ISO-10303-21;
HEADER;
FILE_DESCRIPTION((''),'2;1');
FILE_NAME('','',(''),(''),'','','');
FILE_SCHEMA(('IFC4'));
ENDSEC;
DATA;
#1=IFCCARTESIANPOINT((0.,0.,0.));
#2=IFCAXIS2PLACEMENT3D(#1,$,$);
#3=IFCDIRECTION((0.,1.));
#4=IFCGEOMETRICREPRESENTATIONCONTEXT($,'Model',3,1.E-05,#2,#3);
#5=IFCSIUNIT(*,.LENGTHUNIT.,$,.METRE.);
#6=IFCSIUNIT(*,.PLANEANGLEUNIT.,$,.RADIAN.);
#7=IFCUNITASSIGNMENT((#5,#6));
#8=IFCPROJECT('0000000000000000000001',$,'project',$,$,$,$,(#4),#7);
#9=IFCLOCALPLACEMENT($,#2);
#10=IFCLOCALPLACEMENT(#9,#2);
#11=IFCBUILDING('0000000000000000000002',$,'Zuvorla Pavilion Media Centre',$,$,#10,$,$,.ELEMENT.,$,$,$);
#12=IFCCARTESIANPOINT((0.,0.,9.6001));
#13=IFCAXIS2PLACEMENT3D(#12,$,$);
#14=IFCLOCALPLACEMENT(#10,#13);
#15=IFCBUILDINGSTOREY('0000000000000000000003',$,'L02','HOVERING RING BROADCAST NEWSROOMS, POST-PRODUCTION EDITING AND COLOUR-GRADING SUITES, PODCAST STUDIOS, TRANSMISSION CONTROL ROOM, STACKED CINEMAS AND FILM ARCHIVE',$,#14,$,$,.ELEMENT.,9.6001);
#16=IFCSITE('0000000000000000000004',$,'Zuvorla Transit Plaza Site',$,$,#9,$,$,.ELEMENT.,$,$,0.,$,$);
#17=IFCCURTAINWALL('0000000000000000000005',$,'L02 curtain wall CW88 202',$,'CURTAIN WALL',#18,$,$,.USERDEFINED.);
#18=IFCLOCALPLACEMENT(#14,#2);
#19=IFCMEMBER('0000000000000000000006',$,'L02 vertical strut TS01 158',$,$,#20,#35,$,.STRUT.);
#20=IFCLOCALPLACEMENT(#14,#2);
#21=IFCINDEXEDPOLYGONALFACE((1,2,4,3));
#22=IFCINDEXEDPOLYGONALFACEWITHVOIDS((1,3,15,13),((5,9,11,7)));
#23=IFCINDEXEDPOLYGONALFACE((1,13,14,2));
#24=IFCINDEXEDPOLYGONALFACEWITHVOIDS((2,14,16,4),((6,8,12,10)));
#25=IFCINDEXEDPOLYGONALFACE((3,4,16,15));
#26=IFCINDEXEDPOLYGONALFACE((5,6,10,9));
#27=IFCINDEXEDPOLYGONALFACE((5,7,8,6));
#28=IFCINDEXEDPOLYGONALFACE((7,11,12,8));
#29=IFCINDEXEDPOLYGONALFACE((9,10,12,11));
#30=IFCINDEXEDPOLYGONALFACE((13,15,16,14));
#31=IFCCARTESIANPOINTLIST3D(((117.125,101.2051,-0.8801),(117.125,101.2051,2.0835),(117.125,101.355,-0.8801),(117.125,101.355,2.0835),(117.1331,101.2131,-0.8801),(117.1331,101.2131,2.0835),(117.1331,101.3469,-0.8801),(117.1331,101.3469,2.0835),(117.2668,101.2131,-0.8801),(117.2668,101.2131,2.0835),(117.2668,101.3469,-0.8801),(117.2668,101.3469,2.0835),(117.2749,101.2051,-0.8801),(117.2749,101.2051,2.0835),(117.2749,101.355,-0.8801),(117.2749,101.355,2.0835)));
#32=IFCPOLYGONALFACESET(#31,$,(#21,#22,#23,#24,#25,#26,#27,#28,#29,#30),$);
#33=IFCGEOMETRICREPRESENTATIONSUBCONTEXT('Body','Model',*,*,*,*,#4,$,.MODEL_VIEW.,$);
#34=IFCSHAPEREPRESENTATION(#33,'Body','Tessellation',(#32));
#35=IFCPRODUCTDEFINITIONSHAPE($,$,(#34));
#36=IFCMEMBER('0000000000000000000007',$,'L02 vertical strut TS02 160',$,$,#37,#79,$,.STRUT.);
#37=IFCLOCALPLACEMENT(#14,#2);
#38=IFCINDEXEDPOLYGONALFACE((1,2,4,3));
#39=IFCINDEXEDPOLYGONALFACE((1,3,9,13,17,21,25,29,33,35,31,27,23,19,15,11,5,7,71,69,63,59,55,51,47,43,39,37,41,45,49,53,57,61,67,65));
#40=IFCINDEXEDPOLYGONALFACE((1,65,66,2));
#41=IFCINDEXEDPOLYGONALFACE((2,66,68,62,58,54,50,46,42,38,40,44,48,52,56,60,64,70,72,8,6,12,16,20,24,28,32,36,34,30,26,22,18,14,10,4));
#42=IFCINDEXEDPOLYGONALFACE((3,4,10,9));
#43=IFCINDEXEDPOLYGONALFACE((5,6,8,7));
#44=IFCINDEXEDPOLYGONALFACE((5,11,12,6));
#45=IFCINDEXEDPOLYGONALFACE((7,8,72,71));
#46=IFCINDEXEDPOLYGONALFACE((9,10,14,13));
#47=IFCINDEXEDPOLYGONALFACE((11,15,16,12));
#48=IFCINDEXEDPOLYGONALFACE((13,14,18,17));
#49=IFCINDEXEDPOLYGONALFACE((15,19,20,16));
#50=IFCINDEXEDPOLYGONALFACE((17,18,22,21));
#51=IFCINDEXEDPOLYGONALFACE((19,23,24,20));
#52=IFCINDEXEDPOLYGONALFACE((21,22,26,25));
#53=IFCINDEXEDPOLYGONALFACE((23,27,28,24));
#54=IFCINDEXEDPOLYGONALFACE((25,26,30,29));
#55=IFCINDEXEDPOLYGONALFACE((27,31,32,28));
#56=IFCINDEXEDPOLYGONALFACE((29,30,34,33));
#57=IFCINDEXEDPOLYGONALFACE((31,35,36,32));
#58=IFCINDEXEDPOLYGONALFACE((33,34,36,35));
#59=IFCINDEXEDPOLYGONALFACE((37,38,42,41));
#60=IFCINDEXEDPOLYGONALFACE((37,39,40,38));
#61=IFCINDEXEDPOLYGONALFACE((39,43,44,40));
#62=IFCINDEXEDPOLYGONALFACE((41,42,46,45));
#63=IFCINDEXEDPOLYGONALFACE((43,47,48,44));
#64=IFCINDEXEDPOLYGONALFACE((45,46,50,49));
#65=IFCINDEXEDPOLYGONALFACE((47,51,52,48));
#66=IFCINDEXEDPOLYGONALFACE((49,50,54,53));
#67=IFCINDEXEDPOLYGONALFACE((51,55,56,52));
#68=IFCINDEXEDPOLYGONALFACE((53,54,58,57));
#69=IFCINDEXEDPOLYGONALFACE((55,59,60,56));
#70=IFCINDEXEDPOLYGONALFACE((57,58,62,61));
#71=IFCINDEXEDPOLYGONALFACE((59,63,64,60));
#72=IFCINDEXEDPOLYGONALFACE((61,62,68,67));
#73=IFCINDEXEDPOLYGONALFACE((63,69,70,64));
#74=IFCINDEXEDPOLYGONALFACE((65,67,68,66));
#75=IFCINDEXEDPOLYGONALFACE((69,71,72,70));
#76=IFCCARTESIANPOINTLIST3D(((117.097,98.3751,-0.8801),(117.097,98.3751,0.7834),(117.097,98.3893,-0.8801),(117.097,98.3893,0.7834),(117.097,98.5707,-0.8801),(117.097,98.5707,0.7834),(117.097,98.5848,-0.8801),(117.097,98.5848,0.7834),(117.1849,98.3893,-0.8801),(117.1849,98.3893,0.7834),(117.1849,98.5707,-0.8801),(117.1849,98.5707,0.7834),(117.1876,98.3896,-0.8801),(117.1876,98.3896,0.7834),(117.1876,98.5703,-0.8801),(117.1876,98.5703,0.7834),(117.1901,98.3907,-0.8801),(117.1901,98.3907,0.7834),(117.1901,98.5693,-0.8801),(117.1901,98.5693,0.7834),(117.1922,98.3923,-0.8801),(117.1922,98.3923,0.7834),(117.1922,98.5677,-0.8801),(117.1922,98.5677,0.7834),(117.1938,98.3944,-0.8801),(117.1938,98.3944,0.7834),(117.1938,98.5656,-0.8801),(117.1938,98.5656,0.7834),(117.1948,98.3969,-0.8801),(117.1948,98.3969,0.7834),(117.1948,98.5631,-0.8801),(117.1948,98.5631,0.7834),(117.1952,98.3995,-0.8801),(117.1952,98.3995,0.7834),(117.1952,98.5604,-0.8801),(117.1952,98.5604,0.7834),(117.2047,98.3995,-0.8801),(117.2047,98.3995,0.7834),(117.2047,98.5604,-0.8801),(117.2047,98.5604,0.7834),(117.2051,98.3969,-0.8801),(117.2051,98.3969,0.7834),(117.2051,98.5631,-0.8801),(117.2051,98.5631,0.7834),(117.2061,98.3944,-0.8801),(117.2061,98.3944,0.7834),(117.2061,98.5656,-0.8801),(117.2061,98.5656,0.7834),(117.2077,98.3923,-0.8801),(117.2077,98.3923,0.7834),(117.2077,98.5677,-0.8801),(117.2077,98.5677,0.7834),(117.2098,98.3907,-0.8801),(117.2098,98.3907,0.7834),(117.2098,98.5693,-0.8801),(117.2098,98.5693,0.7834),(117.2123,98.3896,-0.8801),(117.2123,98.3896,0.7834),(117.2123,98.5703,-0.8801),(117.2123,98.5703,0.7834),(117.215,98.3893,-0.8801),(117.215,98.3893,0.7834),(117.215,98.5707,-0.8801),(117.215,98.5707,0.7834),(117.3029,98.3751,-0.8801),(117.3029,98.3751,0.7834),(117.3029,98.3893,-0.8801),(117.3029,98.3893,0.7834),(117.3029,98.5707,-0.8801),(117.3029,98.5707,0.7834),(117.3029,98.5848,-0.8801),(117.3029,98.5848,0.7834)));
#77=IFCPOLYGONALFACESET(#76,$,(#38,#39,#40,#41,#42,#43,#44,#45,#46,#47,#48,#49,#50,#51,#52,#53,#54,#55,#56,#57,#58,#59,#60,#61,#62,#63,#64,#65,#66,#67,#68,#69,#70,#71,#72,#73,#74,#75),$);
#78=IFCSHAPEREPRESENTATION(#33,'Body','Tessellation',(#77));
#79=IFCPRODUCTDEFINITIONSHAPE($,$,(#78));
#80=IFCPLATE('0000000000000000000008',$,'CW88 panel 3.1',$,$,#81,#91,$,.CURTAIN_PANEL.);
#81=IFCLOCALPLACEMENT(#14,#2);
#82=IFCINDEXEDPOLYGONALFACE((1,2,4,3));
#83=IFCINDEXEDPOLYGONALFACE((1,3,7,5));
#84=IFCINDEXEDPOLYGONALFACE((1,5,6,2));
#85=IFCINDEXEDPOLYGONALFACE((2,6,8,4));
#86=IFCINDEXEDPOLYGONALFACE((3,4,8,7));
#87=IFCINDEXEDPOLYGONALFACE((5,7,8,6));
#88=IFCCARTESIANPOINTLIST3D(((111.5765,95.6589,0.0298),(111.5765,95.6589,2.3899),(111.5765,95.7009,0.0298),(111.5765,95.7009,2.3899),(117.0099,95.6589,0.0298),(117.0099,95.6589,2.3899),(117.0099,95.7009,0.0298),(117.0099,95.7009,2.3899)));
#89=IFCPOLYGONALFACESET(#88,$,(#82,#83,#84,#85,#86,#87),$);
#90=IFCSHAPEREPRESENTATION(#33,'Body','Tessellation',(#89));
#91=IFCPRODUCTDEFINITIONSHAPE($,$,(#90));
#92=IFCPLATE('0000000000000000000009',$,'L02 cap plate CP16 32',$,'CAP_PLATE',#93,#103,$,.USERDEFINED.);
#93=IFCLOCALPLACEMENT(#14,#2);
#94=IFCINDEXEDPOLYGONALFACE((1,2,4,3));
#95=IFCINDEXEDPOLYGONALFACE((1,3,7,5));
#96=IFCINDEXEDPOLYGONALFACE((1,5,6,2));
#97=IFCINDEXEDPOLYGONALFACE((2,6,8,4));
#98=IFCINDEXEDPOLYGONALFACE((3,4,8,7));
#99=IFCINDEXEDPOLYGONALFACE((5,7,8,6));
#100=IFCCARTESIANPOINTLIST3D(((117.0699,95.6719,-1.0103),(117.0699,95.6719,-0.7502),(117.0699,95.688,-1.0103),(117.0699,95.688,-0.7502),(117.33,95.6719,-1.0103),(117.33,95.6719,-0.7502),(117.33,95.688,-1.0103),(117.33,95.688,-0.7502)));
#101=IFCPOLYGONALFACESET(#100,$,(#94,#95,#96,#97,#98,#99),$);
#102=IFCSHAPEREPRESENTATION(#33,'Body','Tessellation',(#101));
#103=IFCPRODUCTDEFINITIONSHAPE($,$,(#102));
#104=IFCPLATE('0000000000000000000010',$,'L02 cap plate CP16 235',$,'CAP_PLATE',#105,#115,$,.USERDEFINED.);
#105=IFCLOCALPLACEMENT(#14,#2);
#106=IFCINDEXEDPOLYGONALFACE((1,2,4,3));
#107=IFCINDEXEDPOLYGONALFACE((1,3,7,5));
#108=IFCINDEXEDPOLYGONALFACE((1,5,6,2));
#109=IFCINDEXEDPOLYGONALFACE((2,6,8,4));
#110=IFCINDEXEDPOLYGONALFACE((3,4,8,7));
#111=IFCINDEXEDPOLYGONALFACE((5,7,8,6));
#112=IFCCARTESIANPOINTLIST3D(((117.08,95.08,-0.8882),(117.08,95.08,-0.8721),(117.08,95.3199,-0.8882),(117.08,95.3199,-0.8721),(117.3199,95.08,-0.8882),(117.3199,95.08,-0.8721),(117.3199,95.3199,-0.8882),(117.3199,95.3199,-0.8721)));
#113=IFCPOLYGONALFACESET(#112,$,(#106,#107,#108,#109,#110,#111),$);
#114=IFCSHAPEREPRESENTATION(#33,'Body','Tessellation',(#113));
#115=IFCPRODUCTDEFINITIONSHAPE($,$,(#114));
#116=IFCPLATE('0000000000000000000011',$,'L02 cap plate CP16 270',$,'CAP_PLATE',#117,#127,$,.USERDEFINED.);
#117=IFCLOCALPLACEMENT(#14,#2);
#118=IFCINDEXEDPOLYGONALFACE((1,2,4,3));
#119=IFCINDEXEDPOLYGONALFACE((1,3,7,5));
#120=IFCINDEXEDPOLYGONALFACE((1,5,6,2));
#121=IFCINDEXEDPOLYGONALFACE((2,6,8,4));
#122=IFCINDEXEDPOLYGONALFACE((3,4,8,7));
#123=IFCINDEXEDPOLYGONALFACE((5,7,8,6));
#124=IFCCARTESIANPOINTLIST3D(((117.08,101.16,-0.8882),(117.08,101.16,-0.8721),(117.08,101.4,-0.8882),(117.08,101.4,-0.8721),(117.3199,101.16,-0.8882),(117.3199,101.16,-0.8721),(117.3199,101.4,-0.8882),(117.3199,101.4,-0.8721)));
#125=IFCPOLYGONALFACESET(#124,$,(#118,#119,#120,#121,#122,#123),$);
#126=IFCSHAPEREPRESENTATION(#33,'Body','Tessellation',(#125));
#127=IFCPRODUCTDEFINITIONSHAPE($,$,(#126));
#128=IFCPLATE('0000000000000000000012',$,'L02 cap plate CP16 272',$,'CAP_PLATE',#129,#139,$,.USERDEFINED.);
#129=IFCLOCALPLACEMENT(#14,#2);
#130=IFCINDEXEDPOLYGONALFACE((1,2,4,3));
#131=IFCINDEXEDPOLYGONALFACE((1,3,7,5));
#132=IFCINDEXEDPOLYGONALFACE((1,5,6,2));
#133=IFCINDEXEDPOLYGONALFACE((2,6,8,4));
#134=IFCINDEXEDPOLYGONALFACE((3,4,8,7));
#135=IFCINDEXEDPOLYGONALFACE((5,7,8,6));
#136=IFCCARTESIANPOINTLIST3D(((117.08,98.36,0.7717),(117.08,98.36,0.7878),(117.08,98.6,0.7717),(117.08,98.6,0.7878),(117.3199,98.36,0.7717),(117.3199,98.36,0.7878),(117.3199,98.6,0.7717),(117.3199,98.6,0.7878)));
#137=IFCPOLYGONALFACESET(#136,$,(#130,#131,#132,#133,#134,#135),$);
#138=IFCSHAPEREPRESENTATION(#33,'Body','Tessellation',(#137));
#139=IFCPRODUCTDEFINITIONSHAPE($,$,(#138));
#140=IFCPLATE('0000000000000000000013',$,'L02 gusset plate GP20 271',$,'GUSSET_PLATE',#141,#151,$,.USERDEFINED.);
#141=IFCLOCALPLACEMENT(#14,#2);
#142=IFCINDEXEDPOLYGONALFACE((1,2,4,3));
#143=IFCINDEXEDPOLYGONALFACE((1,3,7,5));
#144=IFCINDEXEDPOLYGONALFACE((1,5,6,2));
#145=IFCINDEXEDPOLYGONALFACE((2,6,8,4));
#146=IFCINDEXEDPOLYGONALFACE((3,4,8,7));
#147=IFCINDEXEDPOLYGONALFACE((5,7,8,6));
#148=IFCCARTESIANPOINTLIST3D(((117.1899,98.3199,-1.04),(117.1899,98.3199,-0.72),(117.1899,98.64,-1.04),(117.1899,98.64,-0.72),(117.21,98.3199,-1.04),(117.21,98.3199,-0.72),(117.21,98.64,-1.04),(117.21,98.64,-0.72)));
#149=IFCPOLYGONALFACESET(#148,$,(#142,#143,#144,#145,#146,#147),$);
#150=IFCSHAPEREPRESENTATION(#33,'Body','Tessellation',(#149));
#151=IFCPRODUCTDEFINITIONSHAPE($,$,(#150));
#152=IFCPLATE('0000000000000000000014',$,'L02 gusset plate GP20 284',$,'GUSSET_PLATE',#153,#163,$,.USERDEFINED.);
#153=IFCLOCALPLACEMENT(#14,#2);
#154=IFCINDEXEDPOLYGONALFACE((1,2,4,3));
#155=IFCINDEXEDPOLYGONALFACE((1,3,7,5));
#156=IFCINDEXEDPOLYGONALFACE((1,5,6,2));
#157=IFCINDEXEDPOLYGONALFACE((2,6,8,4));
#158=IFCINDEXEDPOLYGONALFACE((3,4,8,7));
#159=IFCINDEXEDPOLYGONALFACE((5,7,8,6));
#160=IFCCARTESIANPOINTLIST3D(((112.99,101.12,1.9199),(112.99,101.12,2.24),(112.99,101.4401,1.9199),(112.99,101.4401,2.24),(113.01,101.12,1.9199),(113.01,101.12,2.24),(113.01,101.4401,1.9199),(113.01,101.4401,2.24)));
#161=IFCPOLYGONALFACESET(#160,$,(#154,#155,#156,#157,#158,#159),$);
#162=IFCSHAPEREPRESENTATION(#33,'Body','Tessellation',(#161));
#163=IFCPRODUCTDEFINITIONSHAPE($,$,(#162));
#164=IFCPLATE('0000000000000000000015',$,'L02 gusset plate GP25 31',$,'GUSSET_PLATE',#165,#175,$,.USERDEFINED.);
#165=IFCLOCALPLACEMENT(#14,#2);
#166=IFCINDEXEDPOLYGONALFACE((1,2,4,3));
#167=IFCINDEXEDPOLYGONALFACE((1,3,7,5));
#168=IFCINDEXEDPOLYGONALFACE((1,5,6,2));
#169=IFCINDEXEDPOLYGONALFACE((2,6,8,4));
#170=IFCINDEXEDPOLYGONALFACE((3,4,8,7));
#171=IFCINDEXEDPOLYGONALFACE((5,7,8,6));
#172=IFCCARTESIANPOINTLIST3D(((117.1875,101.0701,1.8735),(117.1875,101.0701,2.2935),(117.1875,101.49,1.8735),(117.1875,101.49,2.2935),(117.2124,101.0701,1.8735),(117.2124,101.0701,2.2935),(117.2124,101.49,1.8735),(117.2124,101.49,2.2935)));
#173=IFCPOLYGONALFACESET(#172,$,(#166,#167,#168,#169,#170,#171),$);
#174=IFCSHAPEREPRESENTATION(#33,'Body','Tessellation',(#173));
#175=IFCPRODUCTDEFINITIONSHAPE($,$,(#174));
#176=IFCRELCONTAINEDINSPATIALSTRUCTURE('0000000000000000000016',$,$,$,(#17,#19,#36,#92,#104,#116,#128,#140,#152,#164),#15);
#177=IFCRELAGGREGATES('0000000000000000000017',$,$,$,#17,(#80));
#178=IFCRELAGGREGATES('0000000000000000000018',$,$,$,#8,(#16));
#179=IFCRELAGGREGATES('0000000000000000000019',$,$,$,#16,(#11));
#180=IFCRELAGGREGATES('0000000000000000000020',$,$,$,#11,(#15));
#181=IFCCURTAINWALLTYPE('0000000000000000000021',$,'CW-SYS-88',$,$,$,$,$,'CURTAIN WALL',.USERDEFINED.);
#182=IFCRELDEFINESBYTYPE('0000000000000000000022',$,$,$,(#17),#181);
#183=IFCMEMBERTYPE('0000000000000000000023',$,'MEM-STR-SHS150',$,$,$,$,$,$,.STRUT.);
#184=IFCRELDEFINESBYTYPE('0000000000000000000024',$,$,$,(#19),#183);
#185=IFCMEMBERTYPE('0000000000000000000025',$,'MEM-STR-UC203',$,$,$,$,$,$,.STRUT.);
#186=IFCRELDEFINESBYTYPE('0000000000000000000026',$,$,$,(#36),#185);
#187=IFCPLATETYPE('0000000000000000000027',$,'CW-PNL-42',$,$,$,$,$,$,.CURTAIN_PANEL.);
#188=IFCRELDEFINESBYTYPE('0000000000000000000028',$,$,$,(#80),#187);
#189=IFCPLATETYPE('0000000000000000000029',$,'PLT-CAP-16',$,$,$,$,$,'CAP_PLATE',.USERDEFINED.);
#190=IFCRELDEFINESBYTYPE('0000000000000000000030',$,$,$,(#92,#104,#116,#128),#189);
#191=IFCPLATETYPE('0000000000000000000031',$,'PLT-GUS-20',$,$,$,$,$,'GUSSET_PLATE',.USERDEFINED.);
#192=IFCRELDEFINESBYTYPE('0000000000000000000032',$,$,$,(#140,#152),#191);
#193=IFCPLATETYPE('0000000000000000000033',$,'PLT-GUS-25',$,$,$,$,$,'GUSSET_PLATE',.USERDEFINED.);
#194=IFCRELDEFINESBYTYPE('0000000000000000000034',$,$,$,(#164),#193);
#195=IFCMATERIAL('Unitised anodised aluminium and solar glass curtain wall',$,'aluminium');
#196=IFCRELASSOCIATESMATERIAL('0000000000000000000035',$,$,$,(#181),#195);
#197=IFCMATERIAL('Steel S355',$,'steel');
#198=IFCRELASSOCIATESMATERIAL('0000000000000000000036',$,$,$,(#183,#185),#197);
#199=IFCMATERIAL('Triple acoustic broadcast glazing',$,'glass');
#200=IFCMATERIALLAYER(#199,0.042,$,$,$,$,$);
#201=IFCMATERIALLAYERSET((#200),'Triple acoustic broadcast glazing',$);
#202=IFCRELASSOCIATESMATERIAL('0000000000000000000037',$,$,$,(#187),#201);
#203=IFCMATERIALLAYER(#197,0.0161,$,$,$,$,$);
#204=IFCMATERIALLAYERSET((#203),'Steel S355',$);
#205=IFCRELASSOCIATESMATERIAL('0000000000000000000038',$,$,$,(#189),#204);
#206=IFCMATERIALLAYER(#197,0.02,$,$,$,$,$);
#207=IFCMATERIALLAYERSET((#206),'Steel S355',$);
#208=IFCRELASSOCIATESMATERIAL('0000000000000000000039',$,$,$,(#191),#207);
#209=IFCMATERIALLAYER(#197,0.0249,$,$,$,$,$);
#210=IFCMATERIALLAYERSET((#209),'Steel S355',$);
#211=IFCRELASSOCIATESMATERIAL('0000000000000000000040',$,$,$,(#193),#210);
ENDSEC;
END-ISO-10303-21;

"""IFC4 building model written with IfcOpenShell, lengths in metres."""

from ifc_helpers import new_model, si_unit, direction, frame, origin, origin_2d, place, context, subcontext, project, spatial, rectangle, hollow_rectangle, i_section, extrude, material, layer, layer_set, material_profile, profile_set, type_object, element, aggregate, save


model = new_model("IFC4")

# Units and contexts
model_context = context("Model", 3, precision=1e-05, world=origin(), true_north=direction((0.0, 1.0)))
body_context = subcontext(model_context, "Body", "Model", "MODEL_VIEW")
ifc_project = project(units=[si_unit("LENGTHUNIT", "METRE"), si_unit("PLANEANGLEUNIT", "RADIAN")], contexts=[model_context])

# Site, building, storey
site_placement = place(None, origin())
site = spatial("IfcSite", under=ifc_project, at=site_placement, Name="Zuvorla Transit Plaza Site", CompositionType="ELEMENT", RefElevation=0.0)
building_placement = place(site_placement, origin())
building = spatial("IfcBuilding", under=site, at=building_placement, Name="Zuvorla Pavilion Media Centre", CompositionType="ELEMENT")
storey_placement = place(building_placement, frame((0.0, 0.0, 9.6001)))
storey = spatial("IfcBuildingStorey", under=building, at=storey_placement, Name="L02", Description="HOVERING RING BROADCAST NEWSROOMS, POST-PRODUCTION EDITING AND COLOUR-GRADING SUITES, PODCAST STUDIOS, TRANSMISSION CONTROL ROOM, STACKED CINEMAS AND FILM ARCHIVE", CompositionType="ELEMENT", Elevation=9.6001)

# Curtain wall
ifc_material_1 = material(Name="Unitised anodised aluminium and solar glass curtain wall", Category="aluminium")
curtain_wall_type = type_object("IfcCurtainWallType", Name="CW-SYS-88", ElementType="CURTAIN WALL", PredefinedType="USERDEFINED", material=ifc_material_1)
curtain_wall_1_placement = place(storey_placement, origin())
curtain_wall_1 = element("IfcCurtainWall", 1, at=curtain_wall_1_placement, inside=storey, type_object=curtain_wall_type, Name="L02 curtain wall CW88 202", ObjectType="CURTAIN WALL", PredefinedType="USERDEFINED")

# Members
ifc_material_2 = material(Name="Steel S355", Category="steel")
ifc_material_profile_1 = material_profile(ifc_material_2, hollow_rectangle(XDim=0.1499, YDim=0.1499, WallThickness=0.0081, at=origin_2d()), Name="SHS 150x150x8")
ifc_profile_set_1 = profile_set([ifc_material_profile_1], Name="Steel S355")
member_type_1 = type_object("IfcMemberType", Name="MEM-STR-SHS150", PredefinedType="STRUT", material=ifc_profile_set_1)
member_1_placement = place(storey_placement, frame((117.2, 101.28, -0.8801), z_axis=(0.0, 0.0, 1.0), x_axis=(1.0, 0.0, 0.0)))
element("IfcMember", 2, at=member_1_placement, inside=storey, type_object=member_type_1, Name="L02 vertical strut TS01 158", PredefinedType="STRUT", context=body_context, shape_type="SweptSolid", body=[
    extrude(hollow_rectangle(XDim=0.1499, YDim=0.1499, WallThickness=0.0081, at=origin_2d()), origin(), (0.0, 0.0, 1.0), 2.9636),
])
ifc_material_profile_2 = material_profile(ifc_material_2, i_section(OverallWidth=0.2058, OverallDepth=0.2097, WebThickness=0.0095, FlangeThickness=0.0142, FilletRadius=0.0103, at=origin_2d()), Name="UC 203x203x60")
ifc_profile_set_2 = profile_set([ifc_material_profile_2], Name="Steel S355")
member_type_2 = type_object("IfcMemberType", Name="MEM-STR-UC203", PredefinedType="STRUT", material=ifc_profile_set_2)
member_2_placement = place(storey_placement, frame((117.2, 98.48, -0.8801), z_axis=(0.0, 0.0, 1.0), x_axis=(1.0, 0.0, 0.0)))
element("IfcMember", 3, at=member_2_placement, inside=storey, type_object=member_type_2, Name="L02 vertical strut TS02 160", PredefinedType="STRUT", context=body_context, shape_type="SweptSolid", body=[
    extrude(i_section(OverallWidth=0.2058, OverallDepth=0.2097, WebThickness=0.0095, FlangeThickness=0.0142, FilletRadius=0.0103, at=origin_2d()), origin(), (0.0, 0.0, 1.0), 1.6636),
])

# Plate
ifc_material_3 = material(Name="Triple acoustic broadcast glazing", Category="glass")
ifc_layer_1 = layer(ifc_material_3, 0.042)
ifc_layer_set_1 = layer_set([ifc_layer_1], Name="Triple acoustic broadcast glazing")
plate_type_1 = type_object("IfcPlateType", Name="CW-PNL-42", PredefinedType="CURTAIN_PANEL", material=ifc_layer_set_1)
plate_1_placement = place(storey_placement, frame((114.2932, 95.6799, 0.0298), z_axis=(0.0, 0.0, 1.0), x_axis=(1.0, 0.0, 0.0)))
plate_1 = element("IfcPlate", 4, at=plate_1_placement, type_object=plate_type_1, Name="CW88 panel 3.1", PredefinedType="CURTAIN_PANEL", context=body_context, shape_type="SweptSolid", body=[
    extrude(rectangle(XDim=5.4333, YDim=0.042, at=origin_2d()), origin(), (0.0, 0.0, 1.0), 2.3601),
])
aggregate(curtain_wall_1, [plate_1])

# Plates
ifc_layer_2 = layer(ifc_material_2, 0.0161)
ifc_layer_set_2 = layer_set([ifc_layer_2], Name="Steel S355")
plate_type_2 = type_object("IfcPlateType", Name="PLT-CAP-16", ElementType="CAP_PLATE", PredefinedType="USERDEFINED", material=ifc_layer_set_2)
plate_2_placement = place(storey_placement, frame((117.2, 95.6799, -1.0103), z_axis=(0.0, 0.0, 1.0), x_axis=(1.0, 0.0, 0.0)))
element("IfcPlate", 5, at=plate_2_placement, inside=storey, type_object=plate_type_2, Name="L02 cap plate CP16 32", ObjectType="CAP_PLATE", PredefinedType="USERDEFINED", context=body_context, shape_type="SweptSolid", body=[
    extrude(rectangle(XDim=0.26, YDim=0.0161, at=origin_2d()), origin(), (0.0, 0.0, 1.0), 0.26),
])
for number, where, z_axis, x_axis, name in (
    (6, (117.2, 95.2, -0.8882), (0.0, 0.0, 1.0), (1.0, 0.0, 0.0), "L02 cap plate CP16 235"),
    (7, (117.2, 101.28, -0.8882), (0.0, 0.0, 1.0), (1.0, 0.0, 0.0), "L02 cap plate CP16 270"),
    (8, (117.2, 98.48, 0.7717), (0.0, 0.0, 1.0), (1.0, 0.0, 0.0), "L02 cap plate CP16 272"),
):
    element("IfcPlate", number, at=place(storey_placement, frame(where, z_axis=z_axis, x_axis=x_axis)), inside=storey, type_object=plate_type_2, Name=name, ObjectType="CAP_PLATE", PredefinedType="USERDEFINED", context=body_context, shape_type="SweptSolid", body=[
        extrude(rectangle(XDim=0.24, YDim=0.24, at=origin_2d()), origin(), (0.0, 0.0, 1.0), 0.0161),
    ])
ifc_layer_3 = layer(ifc_material_2, 0.02)
ifc_layer_set_3 = layer_set([ifc_layer_3], Name="Steel S355")
plate_type_3 = type_object("IfcPlateType", Name="PLT-GUS-20", ElementType="GUSSET_PLATE", PredefinedType="USERDEFINED", material=ifc_layer_set_3)
for number, where, z_axis, x_axis, name in (
    (9, (117.2, 98.48, -1.04), (0.0, 0.0, 1.0), (1.0, 0.0, 0.0), "L02 gusset plate GP20 271"),
    (10, (113.0, 101.28, 1.9199), (0.0, 0.0, 1.0), (1.0, 0.0, 0.0), "L02 gusset plate GP20 284"),
):
    element("IfcPlate", number, at=place(storey_placement, frame(where, z_axis=z_axis, x_axis=x_axis)), inside=storey, type_object=plate_type_3, Name=name, ObjectType="GUSSET_PLATE", PredefinedType="USERDEFINED", context=body_context, shape_type="SweptSolid", body=[
        extrude(rectangle(XDim=0.02, YDim=0.3201, at=origin_2d()), origin(), (0.0, 0.0, 1.0), 0.3201),
    ])
ifc_layer_4 = layer(ifc_material_2, 0.0249)
ifc_layer_set_4 = layer_set([ifc_layer_4], Name="Steel S355")
plate_type_4 = type_object("IfcPlateType", Name="PLT-GUS-25", ElementType="GUSSET_PLATE", PredefinedType="USERDEFINED", material=ifc_layer_set_4)
plate_3_placement = place(storey_placement, frame((117.2, 101.28, 1.8735), z_axis=(0.0, 0.0, 1.0), x_axis=(1.0, 0.0, 0.0)))
element("IfcPlate", 11, at=plate_3_placement, inside=storey, type_object=plate_type_4, Name="L02 gusset plate GP25 31", ObjectType="GUSSET_PLATE", PredefinedType="USERDEFINED", context=body_context, shape_type="SweptSolid", body=[
    extrude(rectangle(XDim=0.0249, YDim=0.4199, at=origin_2d()), origin(), (0.0, 0.0, 1.0), 0.4199),
])

save(model, "model.ifc")
